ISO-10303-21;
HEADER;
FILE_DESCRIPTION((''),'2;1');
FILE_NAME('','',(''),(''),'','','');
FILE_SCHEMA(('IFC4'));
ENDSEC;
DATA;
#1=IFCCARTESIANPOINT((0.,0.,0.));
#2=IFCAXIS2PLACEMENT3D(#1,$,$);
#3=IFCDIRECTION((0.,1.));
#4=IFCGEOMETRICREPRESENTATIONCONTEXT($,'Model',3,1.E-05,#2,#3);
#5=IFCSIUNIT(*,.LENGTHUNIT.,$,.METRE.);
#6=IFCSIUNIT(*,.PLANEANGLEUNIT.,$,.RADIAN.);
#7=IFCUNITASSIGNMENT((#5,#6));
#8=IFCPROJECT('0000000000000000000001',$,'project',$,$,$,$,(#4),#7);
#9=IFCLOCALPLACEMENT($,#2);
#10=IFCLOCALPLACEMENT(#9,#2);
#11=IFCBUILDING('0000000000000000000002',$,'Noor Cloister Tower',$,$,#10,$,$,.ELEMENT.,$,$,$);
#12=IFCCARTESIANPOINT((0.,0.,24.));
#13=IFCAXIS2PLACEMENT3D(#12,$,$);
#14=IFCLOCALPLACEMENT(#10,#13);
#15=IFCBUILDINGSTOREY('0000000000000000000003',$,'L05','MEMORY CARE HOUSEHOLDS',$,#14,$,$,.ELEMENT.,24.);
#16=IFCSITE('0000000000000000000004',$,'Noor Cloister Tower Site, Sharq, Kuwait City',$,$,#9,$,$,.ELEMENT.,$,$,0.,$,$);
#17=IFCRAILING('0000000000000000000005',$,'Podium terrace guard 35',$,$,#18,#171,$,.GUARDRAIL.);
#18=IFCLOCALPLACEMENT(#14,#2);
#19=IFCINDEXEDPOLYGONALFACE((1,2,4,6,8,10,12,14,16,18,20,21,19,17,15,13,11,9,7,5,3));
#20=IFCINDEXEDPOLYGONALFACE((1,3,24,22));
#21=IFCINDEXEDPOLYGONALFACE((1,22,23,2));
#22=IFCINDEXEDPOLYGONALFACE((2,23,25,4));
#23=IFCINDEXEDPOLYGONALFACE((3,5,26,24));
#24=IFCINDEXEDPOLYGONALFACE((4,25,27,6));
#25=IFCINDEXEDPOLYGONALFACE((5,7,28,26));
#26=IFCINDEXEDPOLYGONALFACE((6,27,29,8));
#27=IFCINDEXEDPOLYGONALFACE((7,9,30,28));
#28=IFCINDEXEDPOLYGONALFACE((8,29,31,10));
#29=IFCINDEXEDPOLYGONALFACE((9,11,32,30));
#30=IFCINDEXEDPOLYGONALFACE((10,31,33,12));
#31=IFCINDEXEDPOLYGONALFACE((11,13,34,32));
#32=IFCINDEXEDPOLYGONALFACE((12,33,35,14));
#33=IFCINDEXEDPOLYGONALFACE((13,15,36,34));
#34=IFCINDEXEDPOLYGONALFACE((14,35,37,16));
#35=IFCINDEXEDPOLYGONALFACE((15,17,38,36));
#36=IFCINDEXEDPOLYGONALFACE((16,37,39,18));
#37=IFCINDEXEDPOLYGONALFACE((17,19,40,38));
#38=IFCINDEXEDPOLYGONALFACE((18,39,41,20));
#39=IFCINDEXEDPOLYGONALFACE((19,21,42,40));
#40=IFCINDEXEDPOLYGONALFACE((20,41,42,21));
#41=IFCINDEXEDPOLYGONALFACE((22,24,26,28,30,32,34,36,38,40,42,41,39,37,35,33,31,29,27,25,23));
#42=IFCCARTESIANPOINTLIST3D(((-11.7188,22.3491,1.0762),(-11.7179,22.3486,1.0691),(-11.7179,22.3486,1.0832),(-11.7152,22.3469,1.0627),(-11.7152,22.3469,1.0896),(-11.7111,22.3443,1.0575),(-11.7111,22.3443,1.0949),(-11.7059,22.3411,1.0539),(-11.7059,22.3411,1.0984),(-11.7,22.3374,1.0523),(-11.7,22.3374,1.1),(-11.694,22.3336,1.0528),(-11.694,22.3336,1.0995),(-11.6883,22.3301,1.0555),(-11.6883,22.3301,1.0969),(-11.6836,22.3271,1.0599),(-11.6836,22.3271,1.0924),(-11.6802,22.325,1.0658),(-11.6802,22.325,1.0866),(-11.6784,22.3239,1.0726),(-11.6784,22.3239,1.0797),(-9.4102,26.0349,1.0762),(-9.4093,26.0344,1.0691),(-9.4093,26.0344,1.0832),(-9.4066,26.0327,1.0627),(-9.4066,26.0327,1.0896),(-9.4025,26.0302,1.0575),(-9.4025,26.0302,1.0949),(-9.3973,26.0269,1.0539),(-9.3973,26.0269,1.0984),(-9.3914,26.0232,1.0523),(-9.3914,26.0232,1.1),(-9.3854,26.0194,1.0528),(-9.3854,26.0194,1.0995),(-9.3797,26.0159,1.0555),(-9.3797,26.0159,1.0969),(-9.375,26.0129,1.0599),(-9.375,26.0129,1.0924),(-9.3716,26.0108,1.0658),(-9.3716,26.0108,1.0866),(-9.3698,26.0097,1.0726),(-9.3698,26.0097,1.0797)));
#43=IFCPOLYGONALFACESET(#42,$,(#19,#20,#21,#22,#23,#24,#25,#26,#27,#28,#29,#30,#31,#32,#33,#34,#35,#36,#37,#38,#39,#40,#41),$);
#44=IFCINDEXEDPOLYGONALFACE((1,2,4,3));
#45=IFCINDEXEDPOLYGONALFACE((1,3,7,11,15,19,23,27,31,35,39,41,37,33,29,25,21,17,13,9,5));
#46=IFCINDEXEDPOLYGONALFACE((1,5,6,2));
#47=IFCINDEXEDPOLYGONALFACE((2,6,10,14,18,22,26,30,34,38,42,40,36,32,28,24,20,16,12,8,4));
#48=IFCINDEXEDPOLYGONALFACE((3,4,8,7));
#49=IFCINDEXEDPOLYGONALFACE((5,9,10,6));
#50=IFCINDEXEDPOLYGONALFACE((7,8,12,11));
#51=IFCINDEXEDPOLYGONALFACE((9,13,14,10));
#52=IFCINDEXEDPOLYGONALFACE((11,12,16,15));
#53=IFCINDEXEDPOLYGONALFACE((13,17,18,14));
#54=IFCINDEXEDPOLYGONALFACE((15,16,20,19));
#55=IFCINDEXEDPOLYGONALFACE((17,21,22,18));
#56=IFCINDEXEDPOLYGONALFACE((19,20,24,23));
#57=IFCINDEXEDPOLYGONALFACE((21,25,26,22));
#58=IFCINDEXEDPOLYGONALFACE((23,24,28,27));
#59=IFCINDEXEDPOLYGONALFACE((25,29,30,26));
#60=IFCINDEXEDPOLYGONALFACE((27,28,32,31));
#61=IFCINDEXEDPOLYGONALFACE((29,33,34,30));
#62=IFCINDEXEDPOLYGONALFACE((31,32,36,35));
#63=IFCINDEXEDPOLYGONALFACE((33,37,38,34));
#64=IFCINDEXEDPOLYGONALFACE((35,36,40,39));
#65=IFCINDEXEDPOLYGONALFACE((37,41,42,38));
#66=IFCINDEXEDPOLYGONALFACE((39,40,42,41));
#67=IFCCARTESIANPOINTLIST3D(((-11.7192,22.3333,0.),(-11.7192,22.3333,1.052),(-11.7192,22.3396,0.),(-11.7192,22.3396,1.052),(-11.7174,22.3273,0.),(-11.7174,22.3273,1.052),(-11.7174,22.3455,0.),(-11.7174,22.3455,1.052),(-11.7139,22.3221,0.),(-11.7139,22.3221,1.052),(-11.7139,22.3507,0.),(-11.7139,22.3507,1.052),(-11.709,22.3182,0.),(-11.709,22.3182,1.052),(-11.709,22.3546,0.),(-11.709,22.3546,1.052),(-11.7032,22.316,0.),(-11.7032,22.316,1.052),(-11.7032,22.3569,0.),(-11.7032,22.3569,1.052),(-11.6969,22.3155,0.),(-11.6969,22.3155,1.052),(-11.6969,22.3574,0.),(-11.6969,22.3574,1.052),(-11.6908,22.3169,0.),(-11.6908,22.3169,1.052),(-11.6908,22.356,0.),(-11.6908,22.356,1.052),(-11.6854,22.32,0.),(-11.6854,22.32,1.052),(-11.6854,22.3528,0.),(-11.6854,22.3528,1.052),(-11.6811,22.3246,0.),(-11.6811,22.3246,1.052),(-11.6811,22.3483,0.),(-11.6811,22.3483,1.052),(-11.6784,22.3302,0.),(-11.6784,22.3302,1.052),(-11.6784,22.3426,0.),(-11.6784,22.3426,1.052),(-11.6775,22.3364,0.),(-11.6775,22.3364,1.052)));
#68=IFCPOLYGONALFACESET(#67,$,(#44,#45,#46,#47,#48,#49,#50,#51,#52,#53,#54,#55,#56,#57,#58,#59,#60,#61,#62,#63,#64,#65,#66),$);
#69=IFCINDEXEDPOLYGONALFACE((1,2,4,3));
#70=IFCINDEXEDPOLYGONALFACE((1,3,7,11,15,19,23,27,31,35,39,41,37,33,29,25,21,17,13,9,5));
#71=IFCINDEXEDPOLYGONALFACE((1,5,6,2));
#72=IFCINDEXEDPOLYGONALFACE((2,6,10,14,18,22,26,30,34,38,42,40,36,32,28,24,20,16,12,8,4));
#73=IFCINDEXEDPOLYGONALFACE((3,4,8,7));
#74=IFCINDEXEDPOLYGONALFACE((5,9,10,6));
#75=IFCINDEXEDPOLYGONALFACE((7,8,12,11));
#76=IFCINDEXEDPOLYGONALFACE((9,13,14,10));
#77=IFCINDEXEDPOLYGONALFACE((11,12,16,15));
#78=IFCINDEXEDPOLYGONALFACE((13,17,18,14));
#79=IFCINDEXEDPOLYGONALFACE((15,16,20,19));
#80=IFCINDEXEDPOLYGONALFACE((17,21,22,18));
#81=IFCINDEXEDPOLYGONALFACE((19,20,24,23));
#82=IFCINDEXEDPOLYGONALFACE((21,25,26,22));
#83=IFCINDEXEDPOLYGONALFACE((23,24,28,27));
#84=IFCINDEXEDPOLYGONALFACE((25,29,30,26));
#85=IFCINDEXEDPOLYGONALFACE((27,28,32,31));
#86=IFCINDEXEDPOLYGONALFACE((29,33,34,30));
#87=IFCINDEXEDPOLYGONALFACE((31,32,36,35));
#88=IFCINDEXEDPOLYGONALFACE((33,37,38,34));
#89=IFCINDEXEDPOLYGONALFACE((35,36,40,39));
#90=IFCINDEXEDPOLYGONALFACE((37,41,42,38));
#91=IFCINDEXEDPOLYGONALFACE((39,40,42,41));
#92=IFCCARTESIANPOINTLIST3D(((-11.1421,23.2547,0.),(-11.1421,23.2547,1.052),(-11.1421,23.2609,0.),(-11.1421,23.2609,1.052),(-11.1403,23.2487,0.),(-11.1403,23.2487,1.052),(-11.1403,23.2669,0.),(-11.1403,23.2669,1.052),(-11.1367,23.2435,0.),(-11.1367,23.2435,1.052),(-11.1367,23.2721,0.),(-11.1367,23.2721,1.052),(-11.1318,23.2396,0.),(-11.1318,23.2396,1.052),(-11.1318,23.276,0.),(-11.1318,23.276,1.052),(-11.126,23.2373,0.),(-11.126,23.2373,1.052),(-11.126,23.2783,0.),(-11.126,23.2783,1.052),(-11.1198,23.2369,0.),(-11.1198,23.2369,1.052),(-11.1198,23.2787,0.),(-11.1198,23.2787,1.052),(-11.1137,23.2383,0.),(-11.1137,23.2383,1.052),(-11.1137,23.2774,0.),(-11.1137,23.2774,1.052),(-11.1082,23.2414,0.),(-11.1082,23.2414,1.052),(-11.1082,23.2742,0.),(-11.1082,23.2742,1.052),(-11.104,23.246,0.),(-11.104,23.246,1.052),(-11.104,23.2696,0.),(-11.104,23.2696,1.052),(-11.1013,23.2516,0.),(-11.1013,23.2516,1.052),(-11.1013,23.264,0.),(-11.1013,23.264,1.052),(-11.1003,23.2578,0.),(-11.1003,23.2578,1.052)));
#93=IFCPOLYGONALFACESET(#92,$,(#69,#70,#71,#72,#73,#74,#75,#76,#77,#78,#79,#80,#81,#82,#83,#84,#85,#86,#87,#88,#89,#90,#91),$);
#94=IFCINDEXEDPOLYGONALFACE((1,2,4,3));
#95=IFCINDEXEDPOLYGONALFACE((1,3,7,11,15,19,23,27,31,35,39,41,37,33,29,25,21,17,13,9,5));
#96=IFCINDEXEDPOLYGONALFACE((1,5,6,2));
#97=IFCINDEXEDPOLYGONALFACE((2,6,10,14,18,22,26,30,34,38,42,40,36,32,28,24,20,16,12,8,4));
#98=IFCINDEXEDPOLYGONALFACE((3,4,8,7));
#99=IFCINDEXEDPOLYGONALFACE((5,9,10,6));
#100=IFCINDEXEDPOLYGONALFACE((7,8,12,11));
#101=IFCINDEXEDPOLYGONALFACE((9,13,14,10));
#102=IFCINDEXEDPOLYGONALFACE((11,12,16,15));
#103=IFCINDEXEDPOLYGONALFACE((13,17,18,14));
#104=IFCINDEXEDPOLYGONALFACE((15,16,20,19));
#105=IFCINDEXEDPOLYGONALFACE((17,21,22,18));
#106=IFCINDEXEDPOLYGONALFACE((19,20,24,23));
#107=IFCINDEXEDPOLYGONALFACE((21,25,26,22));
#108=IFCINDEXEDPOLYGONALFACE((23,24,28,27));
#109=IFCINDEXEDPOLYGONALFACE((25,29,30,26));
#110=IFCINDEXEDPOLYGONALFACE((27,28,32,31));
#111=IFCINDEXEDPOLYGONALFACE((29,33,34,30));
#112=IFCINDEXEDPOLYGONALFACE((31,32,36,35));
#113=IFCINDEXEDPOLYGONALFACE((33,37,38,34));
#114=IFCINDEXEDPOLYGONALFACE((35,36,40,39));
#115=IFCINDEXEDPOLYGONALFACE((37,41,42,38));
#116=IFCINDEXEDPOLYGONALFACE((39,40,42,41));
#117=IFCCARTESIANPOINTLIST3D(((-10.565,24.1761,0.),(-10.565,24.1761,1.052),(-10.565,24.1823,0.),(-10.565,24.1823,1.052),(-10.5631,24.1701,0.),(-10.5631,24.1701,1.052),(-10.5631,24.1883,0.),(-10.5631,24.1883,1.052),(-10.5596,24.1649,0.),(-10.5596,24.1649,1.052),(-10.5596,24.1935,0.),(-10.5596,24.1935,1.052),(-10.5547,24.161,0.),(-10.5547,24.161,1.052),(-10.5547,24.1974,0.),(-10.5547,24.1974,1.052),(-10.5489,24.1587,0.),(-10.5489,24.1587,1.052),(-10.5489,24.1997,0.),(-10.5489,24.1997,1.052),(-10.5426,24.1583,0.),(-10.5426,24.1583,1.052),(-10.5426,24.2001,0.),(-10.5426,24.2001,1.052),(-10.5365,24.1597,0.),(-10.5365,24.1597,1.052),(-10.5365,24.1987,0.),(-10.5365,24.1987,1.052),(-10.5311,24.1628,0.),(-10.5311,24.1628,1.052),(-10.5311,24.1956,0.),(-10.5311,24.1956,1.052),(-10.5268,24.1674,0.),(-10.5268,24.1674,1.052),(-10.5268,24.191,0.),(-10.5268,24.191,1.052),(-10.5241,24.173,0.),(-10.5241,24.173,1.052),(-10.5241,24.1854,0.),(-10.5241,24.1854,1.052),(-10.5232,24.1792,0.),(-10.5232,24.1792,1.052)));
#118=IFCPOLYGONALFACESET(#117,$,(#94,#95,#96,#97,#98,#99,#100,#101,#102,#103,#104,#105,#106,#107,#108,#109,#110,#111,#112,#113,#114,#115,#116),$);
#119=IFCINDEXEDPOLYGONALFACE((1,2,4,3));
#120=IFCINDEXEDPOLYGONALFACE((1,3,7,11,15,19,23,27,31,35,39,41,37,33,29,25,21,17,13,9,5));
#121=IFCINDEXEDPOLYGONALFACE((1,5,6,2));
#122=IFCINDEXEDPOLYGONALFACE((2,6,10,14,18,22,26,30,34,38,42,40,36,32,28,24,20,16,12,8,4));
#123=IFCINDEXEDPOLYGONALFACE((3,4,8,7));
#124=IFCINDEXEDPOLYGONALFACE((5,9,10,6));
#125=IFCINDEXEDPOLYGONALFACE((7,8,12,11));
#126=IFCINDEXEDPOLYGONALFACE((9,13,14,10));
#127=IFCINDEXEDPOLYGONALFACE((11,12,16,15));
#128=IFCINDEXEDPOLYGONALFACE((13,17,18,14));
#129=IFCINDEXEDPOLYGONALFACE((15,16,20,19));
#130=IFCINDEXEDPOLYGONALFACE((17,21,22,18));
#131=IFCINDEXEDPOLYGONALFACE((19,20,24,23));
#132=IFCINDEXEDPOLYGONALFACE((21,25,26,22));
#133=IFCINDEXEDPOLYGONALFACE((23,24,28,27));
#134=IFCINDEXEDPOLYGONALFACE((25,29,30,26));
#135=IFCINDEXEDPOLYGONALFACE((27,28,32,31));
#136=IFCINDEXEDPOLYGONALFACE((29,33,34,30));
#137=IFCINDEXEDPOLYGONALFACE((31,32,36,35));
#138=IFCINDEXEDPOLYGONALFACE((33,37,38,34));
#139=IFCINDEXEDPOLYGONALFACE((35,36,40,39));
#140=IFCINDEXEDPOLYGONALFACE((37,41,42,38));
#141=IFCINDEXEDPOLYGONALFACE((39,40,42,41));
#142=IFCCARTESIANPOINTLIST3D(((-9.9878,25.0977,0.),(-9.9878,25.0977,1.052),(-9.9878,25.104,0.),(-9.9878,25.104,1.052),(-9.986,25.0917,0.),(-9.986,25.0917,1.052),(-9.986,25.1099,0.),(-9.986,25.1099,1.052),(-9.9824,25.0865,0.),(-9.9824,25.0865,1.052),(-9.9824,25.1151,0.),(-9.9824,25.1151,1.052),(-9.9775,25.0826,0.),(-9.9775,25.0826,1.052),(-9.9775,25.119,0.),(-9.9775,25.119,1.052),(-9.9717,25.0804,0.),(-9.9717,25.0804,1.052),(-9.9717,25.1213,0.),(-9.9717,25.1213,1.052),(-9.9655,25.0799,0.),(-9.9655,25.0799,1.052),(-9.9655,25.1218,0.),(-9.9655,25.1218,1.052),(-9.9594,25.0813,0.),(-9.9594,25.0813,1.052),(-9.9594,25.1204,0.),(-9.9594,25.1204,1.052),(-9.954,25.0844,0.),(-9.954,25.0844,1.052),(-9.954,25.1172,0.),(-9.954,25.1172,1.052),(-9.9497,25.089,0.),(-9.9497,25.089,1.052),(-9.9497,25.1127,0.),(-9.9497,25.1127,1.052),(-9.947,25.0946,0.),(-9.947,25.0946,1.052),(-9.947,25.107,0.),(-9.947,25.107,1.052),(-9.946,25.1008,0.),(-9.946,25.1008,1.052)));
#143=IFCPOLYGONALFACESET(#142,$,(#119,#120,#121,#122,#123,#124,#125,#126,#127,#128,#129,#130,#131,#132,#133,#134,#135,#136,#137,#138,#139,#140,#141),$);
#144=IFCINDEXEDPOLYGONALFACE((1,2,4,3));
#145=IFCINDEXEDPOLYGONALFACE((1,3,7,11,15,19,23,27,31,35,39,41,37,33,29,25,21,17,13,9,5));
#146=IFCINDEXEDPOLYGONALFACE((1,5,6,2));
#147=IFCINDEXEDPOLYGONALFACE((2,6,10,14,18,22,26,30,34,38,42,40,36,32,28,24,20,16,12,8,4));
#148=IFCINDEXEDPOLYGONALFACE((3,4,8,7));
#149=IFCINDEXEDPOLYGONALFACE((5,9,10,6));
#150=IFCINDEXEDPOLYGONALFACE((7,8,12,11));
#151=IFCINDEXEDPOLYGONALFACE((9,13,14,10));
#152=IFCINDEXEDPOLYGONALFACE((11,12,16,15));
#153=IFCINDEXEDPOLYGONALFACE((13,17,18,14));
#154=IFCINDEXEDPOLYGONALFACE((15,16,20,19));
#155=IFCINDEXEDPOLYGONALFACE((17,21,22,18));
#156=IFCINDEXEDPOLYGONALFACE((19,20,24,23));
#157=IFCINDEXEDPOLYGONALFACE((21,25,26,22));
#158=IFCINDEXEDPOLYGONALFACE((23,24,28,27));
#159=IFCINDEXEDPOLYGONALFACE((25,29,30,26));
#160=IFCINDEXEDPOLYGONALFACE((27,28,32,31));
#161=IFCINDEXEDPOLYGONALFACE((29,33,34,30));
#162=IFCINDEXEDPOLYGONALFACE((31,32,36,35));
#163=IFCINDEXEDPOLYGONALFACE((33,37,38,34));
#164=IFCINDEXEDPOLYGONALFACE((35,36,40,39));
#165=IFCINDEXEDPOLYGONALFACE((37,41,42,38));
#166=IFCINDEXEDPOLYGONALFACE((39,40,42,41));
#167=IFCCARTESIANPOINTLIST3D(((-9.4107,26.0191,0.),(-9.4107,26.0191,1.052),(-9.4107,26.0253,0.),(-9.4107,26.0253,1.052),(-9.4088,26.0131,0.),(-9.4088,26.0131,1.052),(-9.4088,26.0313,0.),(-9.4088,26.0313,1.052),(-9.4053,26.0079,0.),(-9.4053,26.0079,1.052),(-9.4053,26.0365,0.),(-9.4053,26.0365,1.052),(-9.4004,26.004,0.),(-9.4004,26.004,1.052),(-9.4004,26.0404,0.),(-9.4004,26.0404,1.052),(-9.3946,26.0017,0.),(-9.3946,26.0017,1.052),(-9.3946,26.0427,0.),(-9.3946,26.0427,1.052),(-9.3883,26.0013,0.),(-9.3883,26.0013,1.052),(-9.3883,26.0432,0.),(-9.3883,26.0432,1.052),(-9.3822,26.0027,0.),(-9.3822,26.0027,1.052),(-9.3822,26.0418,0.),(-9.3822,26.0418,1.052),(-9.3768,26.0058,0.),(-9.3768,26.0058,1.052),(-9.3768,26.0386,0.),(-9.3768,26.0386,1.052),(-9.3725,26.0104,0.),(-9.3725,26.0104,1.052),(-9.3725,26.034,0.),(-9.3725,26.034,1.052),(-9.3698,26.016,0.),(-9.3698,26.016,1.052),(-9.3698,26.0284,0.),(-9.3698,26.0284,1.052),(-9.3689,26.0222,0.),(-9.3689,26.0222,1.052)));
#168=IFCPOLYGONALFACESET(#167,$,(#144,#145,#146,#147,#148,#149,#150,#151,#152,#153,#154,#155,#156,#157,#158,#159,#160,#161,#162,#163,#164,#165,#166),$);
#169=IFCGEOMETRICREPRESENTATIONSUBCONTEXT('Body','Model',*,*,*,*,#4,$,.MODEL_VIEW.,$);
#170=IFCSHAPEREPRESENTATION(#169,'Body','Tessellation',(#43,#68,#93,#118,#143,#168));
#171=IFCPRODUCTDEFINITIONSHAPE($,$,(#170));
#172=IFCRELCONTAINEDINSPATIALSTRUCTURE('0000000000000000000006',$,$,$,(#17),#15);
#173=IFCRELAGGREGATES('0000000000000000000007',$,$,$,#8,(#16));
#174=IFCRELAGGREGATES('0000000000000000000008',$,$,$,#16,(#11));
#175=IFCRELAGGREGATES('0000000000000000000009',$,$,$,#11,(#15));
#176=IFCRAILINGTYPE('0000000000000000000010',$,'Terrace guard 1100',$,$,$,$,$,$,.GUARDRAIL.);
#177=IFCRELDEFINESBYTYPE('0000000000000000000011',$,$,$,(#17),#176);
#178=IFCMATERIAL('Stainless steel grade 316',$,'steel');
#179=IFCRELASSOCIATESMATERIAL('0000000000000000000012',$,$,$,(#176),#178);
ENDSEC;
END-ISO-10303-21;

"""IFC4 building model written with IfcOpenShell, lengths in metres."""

from ifc_helpers import new_model, si_unit, direction, frame, origin, origin_2d, place, context, subcontext, project, spatial, circle, extrude, material, type_object, element, save


model = new_model("IFC4")

# Units and contexts
model_context = context("Model", 3, precision=1e-05, world=origin(), true_north=direction((0.0, 1.0)))
body_context = subcontext(model_context, "Body", "Model", "MODEL_VIEW")
ifc_project = project(units=[si_unit("LENGTHUNIT", "METRE"), si_unit("PLANEANGLEUNIT", "RADIAN")], contexts=[model_context])

# Site, building, storey
site_placement = place(None, origin())
site = spatial("IfcSite", under=ifc_project, at=site_placement, Name="Noor Cloister Tower Site, Sharq, Kuwait City", CompositionType="ELEMENT", RefElevation=0.0)
building_placement = place(site_placement, origin())
building = spatial("IfcBuilding", under=site, at=building_placement, Name="Noor Cloister Tower", CompositionType="ELEMENT")
storey_placement = place(building_placement, frame((0.0, 0.0, 24.0)))
storey = spatial("IfcBuildingStorey", under=building, at=storey_placement, Name="L05", Description="MEMORY CARE HOUSEHOLDS", CompositionType="ELEMENT", Elevation=24.0)

# Railing
ifc_material_1 = material(Name="Stainless steel grade 316", Category="steel")
railing_type = type_object("IfcRailingType", Name="Terrace guard 1100", PredefinedType="GUARDRAIL", material=ifc_material_1)
railing_1_placement = place(storey_placement, frame((-11.6985, 22.3364, 0.0)))
element("IfcRailing", 1, at=railing_1_placement, inside=storey, type_object=railing_type, Name="Podium terrace guard 35", PredefinedType="GUARDRAIL", context=body_context, shape_type="SweptSolid", body=[
    extrude(circle(Radius=0.0239, at=origin_2d()), frame((0.0, 0.0, 1.0762), z_axis=(0.530821, 0.847484, 0.0), x_axis=(-0.847484, 0.530821, 0.0)), (0.0, 0.0, 1.0), 4.3491),
    extrude(circle(Radius=0.021, at=origin_2d()), origin(), (0.0, 0.0, 1.0), 1.052),
    extrude(circle(Radius=0.021, at=origin_2d()), frame((0.5771, 0.9214, 0.0)), (0.0, 0.0, 1.0), 1.052),
    extrude(circle(Radius=0.021, at=origin_2d()), frame((1.1543, 1.8428, 0.0)), (0.0, 0.0, 1.0), 1.052),
    extrude(circle(Radius=0.021, at=origin_2d()), frame((1.7314, 2.7644, 0.0)), (0.0, 0.0, 1.0), 1.052),
    extrude(circle(Radius=0.021, at=origin_2d()), frame((2.3086, 3.6858, 0.0)), (0.0, 0.0, 1.0), 1.052),
])

save(model, "model.ifc")
